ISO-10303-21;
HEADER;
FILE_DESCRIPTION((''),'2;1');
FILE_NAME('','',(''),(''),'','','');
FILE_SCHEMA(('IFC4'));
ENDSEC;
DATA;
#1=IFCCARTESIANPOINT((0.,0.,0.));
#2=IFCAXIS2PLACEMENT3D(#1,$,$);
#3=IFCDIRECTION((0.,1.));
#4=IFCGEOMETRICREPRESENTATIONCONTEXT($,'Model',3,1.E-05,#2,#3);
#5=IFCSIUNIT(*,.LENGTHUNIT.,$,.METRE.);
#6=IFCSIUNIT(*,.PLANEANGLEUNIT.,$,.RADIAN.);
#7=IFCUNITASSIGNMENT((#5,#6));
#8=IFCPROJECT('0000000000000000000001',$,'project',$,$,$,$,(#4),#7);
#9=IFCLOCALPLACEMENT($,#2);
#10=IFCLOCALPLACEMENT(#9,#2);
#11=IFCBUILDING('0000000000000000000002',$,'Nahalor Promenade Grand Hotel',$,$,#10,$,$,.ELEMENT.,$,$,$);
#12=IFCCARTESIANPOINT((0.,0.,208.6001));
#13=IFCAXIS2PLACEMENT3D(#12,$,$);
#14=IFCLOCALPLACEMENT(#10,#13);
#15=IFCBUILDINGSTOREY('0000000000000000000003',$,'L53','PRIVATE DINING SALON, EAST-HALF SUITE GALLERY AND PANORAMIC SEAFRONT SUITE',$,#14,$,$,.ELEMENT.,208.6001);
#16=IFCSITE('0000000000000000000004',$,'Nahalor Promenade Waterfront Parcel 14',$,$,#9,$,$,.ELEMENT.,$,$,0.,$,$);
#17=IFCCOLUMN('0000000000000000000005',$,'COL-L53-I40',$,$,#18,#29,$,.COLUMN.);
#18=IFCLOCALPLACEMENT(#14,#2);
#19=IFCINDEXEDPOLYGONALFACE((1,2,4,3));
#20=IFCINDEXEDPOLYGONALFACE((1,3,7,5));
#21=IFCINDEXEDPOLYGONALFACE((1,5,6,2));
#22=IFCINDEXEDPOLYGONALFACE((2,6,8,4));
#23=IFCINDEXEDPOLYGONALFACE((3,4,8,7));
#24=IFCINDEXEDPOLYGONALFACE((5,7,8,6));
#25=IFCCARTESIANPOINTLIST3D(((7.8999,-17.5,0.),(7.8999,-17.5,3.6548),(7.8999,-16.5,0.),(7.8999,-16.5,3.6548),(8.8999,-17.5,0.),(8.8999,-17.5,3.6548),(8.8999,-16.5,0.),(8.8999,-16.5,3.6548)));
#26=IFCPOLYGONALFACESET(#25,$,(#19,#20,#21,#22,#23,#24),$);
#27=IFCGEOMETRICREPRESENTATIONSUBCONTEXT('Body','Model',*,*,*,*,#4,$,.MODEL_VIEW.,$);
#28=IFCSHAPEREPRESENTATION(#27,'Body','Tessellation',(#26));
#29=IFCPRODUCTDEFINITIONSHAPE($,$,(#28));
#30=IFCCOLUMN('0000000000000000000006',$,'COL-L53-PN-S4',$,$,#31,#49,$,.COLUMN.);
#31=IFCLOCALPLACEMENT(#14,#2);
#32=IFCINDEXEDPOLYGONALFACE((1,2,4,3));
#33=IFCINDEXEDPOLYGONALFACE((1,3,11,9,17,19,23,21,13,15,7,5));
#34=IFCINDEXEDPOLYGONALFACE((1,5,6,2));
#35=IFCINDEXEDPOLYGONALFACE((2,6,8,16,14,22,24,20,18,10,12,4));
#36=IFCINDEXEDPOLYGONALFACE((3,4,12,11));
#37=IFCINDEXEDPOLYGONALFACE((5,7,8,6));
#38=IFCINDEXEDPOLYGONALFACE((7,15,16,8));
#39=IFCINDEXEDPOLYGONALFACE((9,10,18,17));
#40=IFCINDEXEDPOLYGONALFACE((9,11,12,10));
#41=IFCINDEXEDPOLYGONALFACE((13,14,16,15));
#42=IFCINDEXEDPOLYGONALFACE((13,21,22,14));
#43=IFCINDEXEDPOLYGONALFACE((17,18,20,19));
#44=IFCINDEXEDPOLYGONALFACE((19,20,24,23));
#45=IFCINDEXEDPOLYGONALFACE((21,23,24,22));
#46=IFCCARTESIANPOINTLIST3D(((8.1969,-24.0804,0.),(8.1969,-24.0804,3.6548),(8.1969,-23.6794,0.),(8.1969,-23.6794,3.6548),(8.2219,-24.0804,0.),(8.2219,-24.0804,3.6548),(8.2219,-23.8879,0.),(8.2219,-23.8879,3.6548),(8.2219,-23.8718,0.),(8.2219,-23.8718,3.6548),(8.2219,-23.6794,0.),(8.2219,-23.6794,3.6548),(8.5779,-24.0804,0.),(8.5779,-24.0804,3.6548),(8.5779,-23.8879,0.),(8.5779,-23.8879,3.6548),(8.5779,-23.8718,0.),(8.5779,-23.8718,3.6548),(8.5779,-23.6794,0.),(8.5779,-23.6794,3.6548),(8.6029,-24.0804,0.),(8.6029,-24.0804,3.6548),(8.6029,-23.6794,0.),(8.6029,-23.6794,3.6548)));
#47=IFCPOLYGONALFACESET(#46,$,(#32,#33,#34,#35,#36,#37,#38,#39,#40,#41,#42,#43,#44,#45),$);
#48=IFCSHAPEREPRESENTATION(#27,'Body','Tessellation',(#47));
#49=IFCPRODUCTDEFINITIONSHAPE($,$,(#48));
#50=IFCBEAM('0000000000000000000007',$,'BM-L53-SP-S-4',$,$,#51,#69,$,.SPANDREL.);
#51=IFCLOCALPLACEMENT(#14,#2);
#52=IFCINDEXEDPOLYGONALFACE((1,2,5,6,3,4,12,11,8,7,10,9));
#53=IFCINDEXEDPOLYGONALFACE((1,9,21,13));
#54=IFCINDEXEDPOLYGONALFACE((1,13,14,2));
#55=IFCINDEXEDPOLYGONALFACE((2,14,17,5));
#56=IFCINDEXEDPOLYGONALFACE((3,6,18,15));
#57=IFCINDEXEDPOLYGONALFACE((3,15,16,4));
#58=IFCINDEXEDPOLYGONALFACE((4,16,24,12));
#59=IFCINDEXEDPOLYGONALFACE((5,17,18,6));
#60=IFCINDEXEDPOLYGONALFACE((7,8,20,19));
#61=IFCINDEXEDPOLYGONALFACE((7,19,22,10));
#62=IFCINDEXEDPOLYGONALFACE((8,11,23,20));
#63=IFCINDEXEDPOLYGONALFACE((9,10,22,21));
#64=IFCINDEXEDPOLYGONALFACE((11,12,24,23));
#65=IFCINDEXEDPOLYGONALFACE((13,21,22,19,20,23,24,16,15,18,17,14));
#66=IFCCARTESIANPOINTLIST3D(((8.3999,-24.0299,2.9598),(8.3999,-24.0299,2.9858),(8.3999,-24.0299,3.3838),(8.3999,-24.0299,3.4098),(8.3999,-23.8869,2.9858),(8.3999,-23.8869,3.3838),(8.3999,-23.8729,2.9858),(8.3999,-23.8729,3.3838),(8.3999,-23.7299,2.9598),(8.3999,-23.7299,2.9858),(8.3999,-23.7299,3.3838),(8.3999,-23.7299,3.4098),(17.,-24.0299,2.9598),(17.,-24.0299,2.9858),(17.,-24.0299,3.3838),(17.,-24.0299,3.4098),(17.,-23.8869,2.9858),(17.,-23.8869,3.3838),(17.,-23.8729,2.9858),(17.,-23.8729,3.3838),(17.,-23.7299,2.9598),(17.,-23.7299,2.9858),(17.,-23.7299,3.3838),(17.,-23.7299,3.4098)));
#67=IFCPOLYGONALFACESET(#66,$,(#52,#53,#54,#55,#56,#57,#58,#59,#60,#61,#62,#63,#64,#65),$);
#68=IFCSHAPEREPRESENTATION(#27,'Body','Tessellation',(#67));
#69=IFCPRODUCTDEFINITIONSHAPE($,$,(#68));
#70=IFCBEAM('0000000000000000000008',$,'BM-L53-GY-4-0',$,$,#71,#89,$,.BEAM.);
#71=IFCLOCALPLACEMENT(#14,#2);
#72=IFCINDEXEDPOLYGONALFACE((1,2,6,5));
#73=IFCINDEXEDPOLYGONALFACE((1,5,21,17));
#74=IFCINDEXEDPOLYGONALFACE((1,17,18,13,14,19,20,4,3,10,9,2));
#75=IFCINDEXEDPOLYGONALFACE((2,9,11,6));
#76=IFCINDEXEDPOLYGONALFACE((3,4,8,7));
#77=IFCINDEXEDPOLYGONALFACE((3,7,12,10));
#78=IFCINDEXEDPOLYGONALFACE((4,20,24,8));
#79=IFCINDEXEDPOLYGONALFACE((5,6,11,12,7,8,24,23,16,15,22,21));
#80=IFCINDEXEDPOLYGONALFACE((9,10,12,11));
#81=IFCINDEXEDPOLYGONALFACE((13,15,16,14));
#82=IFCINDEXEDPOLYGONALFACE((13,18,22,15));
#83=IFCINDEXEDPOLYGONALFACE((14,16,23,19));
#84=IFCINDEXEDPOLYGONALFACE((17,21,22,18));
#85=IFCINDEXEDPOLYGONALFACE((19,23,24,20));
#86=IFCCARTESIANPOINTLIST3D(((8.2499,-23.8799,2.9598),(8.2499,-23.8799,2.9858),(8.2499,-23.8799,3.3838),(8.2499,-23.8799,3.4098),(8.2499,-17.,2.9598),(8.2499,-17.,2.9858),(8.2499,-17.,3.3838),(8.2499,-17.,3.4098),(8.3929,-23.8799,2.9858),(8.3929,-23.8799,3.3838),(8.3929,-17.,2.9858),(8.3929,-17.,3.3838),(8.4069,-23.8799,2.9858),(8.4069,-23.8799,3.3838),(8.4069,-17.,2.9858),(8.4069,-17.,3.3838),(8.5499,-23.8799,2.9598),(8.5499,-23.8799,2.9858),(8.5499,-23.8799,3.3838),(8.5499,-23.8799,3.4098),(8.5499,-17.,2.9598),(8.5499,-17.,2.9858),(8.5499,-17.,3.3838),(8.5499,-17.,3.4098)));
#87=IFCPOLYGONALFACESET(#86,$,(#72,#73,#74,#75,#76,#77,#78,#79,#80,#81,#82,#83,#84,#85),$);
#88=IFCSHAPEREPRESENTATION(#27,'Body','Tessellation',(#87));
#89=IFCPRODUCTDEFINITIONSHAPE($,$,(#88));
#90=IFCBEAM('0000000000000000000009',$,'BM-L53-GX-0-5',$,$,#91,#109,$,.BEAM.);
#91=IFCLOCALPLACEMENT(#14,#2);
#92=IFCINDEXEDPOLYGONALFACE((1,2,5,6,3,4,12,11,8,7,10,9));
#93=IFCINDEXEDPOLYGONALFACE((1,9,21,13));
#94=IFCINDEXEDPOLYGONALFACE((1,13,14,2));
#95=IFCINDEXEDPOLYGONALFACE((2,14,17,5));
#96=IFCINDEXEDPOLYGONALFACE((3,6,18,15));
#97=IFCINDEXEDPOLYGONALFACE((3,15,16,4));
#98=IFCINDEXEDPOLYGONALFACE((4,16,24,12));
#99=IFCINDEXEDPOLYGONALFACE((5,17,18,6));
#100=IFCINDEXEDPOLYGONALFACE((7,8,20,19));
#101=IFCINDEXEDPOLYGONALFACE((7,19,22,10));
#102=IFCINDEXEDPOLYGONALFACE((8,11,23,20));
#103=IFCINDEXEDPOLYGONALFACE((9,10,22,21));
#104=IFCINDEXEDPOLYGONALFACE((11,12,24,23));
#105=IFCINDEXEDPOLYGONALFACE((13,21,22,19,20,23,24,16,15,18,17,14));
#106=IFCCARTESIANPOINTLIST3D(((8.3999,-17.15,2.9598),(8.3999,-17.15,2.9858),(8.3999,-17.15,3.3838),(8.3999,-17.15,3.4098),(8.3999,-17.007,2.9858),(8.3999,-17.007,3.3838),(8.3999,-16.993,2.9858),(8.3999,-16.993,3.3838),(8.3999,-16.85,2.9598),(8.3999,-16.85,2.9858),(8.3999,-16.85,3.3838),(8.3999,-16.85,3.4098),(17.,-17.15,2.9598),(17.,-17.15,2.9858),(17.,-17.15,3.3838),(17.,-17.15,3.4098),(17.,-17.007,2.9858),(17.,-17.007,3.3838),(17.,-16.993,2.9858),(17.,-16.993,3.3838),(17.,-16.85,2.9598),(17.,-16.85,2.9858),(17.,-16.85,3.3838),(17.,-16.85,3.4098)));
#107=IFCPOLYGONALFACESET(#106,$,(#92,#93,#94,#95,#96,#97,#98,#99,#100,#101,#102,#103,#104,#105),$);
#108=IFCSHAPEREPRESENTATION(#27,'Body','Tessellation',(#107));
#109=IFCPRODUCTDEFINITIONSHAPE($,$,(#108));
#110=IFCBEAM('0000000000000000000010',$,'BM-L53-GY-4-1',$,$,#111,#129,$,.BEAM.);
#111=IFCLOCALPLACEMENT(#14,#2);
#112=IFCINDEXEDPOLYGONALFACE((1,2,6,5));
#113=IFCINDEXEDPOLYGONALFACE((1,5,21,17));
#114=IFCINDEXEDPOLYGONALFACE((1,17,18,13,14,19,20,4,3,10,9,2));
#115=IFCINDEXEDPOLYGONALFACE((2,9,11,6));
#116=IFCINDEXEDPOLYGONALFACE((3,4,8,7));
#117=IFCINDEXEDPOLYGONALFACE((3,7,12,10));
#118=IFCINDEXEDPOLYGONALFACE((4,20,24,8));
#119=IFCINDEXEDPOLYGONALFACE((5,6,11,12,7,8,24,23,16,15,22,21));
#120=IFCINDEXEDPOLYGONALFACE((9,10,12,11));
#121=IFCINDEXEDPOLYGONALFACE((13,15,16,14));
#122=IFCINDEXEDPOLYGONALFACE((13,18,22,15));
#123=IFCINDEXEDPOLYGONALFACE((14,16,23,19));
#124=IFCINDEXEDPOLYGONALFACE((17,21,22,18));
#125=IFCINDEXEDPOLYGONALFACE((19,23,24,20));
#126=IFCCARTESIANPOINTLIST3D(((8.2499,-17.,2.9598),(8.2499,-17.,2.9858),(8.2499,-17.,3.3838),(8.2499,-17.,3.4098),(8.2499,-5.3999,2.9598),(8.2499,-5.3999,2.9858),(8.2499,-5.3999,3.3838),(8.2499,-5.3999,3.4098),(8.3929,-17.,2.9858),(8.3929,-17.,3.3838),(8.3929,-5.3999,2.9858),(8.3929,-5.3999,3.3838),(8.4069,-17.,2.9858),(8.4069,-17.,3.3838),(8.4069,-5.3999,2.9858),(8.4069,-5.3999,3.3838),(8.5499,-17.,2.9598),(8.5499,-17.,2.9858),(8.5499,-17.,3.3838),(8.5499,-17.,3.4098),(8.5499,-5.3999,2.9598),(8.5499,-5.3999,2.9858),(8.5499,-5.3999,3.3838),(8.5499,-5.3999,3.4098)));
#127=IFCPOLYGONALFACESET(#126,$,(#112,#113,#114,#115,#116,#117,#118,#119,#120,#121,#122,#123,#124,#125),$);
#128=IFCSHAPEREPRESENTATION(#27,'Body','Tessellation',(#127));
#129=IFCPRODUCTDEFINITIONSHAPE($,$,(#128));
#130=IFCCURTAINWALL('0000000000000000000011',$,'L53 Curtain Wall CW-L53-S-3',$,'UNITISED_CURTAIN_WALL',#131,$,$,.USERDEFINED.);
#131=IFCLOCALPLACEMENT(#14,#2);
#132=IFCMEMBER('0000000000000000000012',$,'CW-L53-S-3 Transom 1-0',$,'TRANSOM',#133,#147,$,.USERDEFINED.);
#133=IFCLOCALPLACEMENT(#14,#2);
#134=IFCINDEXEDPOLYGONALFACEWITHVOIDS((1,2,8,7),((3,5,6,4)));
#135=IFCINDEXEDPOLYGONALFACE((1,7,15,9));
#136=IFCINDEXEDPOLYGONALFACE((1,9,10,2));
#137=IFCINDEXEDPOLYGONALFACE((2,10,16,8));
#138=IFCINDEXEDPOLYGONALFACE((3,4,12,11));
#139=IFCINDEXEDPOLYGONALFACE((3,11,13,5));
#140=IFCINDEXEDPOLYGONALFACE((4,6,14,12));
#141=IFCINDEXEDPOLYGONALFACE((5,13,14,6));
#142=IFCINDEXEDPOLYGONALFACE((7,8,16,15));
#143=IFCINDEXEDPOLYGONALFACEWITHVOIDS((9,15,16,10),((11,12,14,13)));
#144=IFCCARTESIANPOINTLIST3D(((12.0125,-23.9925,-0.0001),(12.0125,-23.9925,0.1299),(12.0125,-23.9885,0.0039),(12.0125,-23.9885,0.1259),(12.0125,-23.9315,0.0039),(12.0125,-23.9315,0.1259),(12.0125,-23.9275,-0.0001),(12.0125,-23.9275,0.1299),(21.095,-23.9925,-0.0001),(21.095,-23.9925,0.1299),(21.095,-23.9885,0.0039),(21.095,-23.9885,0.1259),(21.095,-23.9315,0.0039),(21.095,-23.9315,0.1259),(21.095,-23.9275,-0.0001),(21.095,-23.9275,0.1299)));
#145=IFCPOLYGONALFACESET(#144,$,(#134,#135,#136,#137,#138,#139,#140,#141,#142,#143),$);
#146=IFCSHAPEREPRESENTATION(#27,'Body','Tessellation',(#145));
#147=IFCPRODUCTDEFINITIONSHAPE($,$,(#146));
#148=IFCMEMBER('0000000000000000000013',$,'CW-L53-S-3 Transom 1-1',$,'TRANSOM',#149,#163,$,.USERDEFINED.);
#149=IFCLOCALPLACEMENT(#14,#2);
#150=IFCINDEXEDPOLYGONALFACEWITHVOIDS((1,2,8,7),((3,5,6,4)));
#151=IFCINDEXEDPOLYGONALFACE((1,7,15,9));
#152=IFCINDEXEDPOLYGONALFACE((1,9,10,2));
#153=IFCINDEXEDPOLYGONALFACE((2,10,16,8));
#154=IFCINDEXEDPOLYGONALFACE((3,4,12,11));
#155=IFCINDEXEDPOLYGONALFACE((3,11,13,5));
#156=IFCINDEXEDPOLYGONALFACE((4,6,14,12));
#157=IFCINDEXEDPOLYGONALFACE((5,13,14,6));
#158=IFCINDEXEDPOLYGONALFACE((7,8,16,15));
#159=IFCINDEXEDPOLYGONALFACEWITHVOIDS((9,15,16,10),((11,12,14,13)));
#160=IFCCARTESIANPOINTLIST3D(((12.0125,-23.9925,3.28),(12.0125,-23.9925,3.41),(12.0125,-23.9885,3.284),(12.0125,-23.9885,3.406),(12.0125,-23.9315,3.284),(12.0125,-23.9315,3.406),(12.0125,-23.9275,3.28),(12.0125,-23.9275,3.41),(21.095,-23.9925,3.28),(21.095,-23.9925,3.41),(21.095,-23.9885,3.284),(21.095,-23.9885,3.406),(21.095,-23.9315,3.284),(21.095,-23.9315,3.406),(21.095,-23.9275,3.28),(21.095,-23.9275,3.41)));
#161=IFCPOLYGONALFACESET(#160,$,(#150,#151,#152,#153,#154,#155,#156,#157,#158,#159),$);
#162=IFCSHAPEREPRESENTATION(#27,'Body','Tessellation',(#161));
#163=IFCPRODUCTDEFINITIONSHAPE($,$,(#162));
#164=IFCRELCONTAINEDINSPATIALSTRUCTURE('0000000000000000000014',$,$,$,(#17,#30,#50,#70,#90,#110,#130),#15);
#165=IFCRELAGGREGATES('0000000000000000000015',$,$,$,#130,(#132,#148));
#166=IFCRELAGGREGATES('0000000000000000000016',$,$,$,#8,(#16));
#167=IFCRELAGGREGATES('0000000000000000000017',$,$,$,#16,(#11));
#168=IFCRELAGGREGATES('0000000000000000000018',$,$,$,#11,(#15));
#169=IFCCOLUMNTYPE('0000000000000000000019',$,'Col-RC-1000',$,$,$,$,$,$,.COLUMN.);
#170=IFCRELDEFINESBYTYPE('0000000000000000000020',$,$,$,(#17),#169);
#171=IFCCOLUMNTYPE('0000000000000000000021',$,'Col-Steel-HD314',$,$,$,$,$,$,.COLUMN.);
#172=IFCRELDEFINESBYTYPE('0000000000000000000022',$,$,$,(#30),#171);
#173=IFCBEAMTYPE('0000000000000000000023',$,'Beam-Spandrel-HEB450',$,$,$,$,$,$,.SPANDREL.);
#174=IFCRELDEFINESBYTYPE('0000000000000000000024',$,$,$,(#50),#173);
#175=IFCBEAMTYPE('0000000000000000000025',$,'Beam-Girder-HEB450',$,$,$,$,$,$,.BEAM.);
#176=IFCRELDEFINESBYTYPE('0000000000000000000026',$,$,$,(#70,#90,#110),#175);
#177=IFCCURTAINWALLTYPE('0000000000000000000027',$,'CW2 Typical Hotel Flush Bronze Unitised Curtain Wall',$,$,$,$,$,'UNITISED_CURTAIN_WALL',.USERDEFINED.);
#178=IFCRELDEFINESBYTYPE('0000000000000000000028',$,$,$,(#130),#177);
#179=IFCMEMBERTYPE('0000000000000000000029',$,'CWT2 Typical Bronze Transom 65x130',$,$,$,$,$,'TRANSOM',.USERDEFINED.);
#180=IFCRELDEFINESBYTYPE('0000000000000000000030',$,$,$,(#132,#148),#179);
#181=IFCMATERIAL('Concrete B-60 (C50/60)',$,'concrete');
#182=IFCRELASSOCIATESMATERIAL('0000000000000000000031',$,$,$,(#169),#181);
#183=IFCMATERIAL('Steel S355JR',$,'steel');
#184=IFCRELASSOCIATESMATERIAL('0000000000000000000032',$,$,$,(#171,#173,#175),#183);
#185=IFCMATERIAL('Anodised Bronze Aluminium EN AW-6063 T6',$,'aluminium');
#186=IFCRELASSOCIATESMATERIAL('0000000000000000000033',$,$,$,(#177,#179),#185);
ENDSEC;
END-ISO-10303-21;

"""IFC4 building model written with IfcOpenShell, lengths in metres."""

from ifc_helpers import new_model, si_unit, direction, frame, origin, origin_2d, place, context, subcontext, project, spatial, rectangle, hollow_rectangle, i_section, extrude, source, transform, mapped, material, material_profile, profile_set, type_object, element, aggregate, save


model = new_model("IFC4")

# Units and contexts
model_context = context("Model", 3, precision=1e-05, world=origin(), true_north=direction((0.0, 1.0)))
body_context = subcontext(model_context, "Body", "Model", "MODEL_VIEW")
ifc_project = project(units=[si_unit("LENGTHUNIT", "METRE"), si_unit("PLANEANGLEUNIT", "RADIAN")], contexts=[model_context])

# Site, building, storey
site_placement = place(None, origin())
site = spatial("IfcSite", under=ifc_project, at=site_placement, Name="Nahalor Promenade Waterfront Parcel 14", CompositionType="ELEMENT", RefElevation=0.0)
building_placement = place(site_placement, origin())
building = spatial("IfcBuilding", under=site, at=building_placement, Name="Nahalor Promenade Grand Hotel", CompositionType="ELEMENT")
storey_placement = place(building_placement, frame((0.0, 0.0, 208.6001)))
storey = spatial("IfcBuildingStorey", under=building, at=storey_placement, Name="L53", Description="PRIVATE DINING SALON, EAST-HALF SUITE GALLERY AND PANORAMIC SEAFRONT SUITE", CompositionType="ELEMENT", Elevation=208.6001)

# Columns
ifc_material_1 = material(Name="Concrete B-60 (C50/60)", Category="concrete")
ifc_material_profile_1 = material_profile(ifc_material_1, rectangle(XDim=1.0, YDim=1.0, at=origin_2d()), Name="RC 1000x1000")
ifc_profile_set_1 = profile_set([ifc_material_profile_1], Name="Concrete B-60 (C50/60)")
column_type_1 = type_object("IfcColumnType", Name="Col-RC-1000", PredefinedType="COLUMN", material=ifc_profile_set_1)
shared_shape_1 = source(origin(), body_context, "Body", "SweptSolid", [
    extrude(rectangle(XDim=1.0, YDim=1.0, at=origin_2d()), origin(), (0.0, 0.0, 1.0), 3.6548),
])
column_1_placement = place(storey_placement, frame((8.3999, -17.0, 0.0), z_axis=(0.0, 0.0, 1.0), x_axis=(1.0, 0.0, 0.0)))
element("IfcColumn", 1, at=column_1_placement, inside=storey, type_object=column_type_1, Name="COL-L53-I40", PredefinedType="COLUMN", context=body_context, shape_type="MappedRepresentation", body=[
    mapped(shared_shape_1, transform((0.0, 0.0, 0.0), scale=1.0)),
])
ifc_material_2 = material(Name="Steel S355JR", Category="steel")
ifc_material_profile_2 = material_profile(ifc_material_2, i_section(OverallWidth=0.401, OverallDepth=0.406, WebThickness=0.0161, FlangeThickness=0.025, at=origin_2d()), Name="HD 400x314")
ifc_profile_set_2 = profile_set([ifc_material_profile_2], Name="Steel S355JR")
column_type_2 = type_object("IfcColumnType", Name="Col-Steel-HD314", PredefinedType="COLUMN", material=ifc_profile_set_2)
shared_shape_2 = source(origin(), body_context, "Body", "SweptSolid", [
    extrude(i_section(OverallWidth=0.401, OverallDepth=0.406, WebThickness=0.0161, FlangeThickness=0.025, at=origin_2d()), origin(), (0.0, 0.0, 1.0), 3.6548),
])
column_2_placement = place(storey_placement, frame((8.3999, -23.8799, 0.0), z_axis=(0.0, 0.0, 1.0), x_axis=(0.0, 1.0, 0.0)))
element("IfcColumn", 2, at=column_2_placement, inside=storey, type_object=column_type_2, Name="COL-L53-PN-S4", PredefinedType="COLUMN", context=body_context, shape_type="MappedRepresentation", body=[
    mapped(shared_shape_2, transform((0.0, 0.0, 0.0), scale=1.0)),
])

# Beams
ifc_material_profile_3 = material_profile(ifc_material_2, i_section(OverallWidth=0.3, OverallDepth=0.45, WebThickness=0.014, FlangeThickness=0.026, at=origin_2d()), Name="HEB 450")
ifc_profile_set_3 = profile_set([ifc_material_profile_3], Name="Steel S355JR")
beam_type_1 = type_object("IfcBeamType", Name="Beam-Spandrel-HEB450", PredefinedType="SPANDREL", material=ifc_profile_set_3)
shared_shape_3 = source(origin(), body_context, "Body", "SweptSolid", [
    extrude(i_section(OverallWidth=0.3, OverallDepth=0.45, WebThickness=0.014, FlangeThickness=0.026, at=origin_2d()), origin(), (0.0, 0.0, 1.0), 8.6001),
])
beam_1_placement = place(storey_placement, frame((8.3999, -23.8799, 3.1848), z_axis=(1.0, 0.0, 0.0), x_axis=(0.0, 1.0, 0.0)))
element("IfcBeam", 3, at=beam_1_placement, inside=storey, type_object=beam_type_1, Name="BM-L53-SP-S-4", PredefinedType="SPANDREL", context=body_context, shape_type="MappedRepresentation", body=[
    mapped(shared_shape_3, transform((0.0, 0.0, 0.0), scale=1.0)),
])
ifc_material_profile_4 = material_profile(ifc_material_2, i_section(OverallWidth=0.3, OverallDepth=0.45, WebThickness=0.014, FlangeThickness=0.026, at=origin_2d()), Name="HEB 450")
ifc_profile_set_4 = profile_set([ifc_material_profile_4], Name="Steel S355JR")
beam_type_2 = type_object("IfcBeamType", Name="Beam-Girder-HEB450", PredefinedType="BEAM", material=ifc_profile_set_4)
shared_shape_4 = source(origin(), body_context, "Body", "SweptSolid", [
    extrude(i_section(OverallWidth=0.3, OverallDepth=0.45, WebThickness=0.014, FlangeThickness=0.026, at=origin_2d()), origin(), (0.0, 0.0, 1.0), 6.8799),
])
beam_2_placement = place(storey_placement, frame((8.3999, -23.8799, 3.1848), z_axis=(0.0, 1.0, 0.0), x_axis=(-1.0, 0.0, 0.0)))
element("IfcBeam", 4, at=beam_2_placement, inside=storey, type_object=beam_type_2, Name="BM-L53-GY-4-0", PredefinedType="BEAM", context=body_context, shape_type="MappedRepresentation", body=[
    mapped(shared_shape_4, transform((0.0, 0.0, 0.0), scale=1.0)),
])
shared_shape_5 = source(origin(), body_context, "Body", "SweptSolid", [
    extrude(i_section(OverallWidth=0.3, OverallDepth=0.45, WebThickness=0.014, FlangeThickness=0.026, at=origin_2d()), origin(), (0.0, 0.0, 1.0), 8.6001),
])
beam_3_placement = place(storey_placement, frame((8.3999, -17.0, 3.1848), z_axis=(1.0, 0.0, 0.0), x_axis=(0.0, 1.0, 0.0)))
element("IfcBeam", 5, at=beam_3_placement, inside=storey, type_object=beam_type_2, Name="BM-L53-GX-0-5", PredefinedType="BEAM", context=body_context, shape_type="MappedRepresentation", body=[
    mapped(shared_shape_5, transform((0.0, 0.0, 0.0), scale=1.0)),
])
shared_shape_6 = source(origin(), body_context, "Body", "SweptSolid", [
    extrude(i_section(OverallWidth=0.3, OverallDepth=0.45, WebThickness=0.014, FlangeThickness=0.026, at=origin_2d()), origin(), (0.0, 0.0, 1.0), 11.6001),
])
beam_4_placement = place(storey_placement, frame((8.3999, -17.0, 3.1848), z_axis=(0.0, 1.0, 0.0), x_axis=(-1.0, 0.0, 0.0)))
element("IfcBeam", 6, at=beam_4_placement, inside=storey, type_object=beam_type_2, Name="BM-L53-GY-4-1", PredefinedType="BEAM", context=body_context, shape_type="MappedRepresentation", body=[
    mapped(shared_shape_6, transform((0.0, 0.0, 0.0), scale=1.0)),
])

# Curtain wall, members
ifc_material_3 = material(Name="Anodised Bronze Aluminium EN AW-6063 T6", Category="aluminium")
curtain_wall_type = type_object("IfcCurtainWallType", Name="CW2 Typical Hotel Flush Bronze Unitised Curtain Wall", ElementType="UNITISED_CURTAIN_WALL", PredefinedType="USERDEFINED", material=ifc_material_3)
curtain_wall_placement = place(storey_placement, origin())
curtain_wall = element("IfcCurtainWall", 7, at=curtain_wall_placement, inside=storey, type_object=curtain_wall_type, Name="L53 Curtain Wall CW-L53-S-3", ObjectType="UNITISED_CURTAIN_WALL", PredefinedType="USERDEFINED")
ifc_material_profile_5 = material_profile(ifc_material_3, hollow_rectangle(XDim=0.065, YDim=0.13, WallThickness=0.004, at=origin_2d()), Name="CWT 65x130x4")
ifc_profile_set_5 = profile_set([ifc_material_profile_5], Name="Anodised Bronze Aluminium EN AW-6063 T6")
member_type_1 = type_object("IfcMemberType", Name="CWT2 Typical Bronze Transom 65x130", ElementType="TRANSOM", PredefinedType="USERDEFINED", material=ifc_profile_set_5)
shared_shape_7 = source(origin(), body_context, "Body", "SweptSolid", [
    extrude(hollow_rectangle(XDim=0.065, YDim=0.13, WallThickness=0.004, at=origin_2d()), origin(), (0.0, 0.0, 1.0), 9.0825),
])
member_1_placement = place(storey_placement, frame((12.0125, -23.96, 0.0649), z_axis=(1.0, 0.0, 0.0), x_axis=(0.0, 1.0, 0.0)))
member_1 = element("IfcMember", 8, at=member_1_placement, type_object=member_type_1, Name="CW-L53-S-3 Transom 1-0", ObjectType="TRANSOM", PredefinedType="USERDEFINED", context=body_context, shape_type="MappedRepresentation", body=[
    mapped(shared_shape_7, transform((0.0, 0.0, 0.0), scale=1.0)),
])
member_2_placement = place(storey_placement, frame((12.0125, -23.96, 3.345), z_axis=(1.0, 0.0, 0.0), x_axis=(0.0, 1.0, 0.0)))
member_2 = element("IfcMember", 9, at=member_2_placement, type_object=member_type_1, Name="CW-L53-S-3 Transom 1-1", ObjectType="TRANSOM", PredefinedType="USERDEFINED", context=body_context, shape_type="MappedRepresentation", body=[
    mapped(shared_shape_7, transform((0.0, 0.0, 0.0), scale=1.0)),
])
aggregate(curtain_wall, [member_1, member_2])

save(model, "model.ifc")
